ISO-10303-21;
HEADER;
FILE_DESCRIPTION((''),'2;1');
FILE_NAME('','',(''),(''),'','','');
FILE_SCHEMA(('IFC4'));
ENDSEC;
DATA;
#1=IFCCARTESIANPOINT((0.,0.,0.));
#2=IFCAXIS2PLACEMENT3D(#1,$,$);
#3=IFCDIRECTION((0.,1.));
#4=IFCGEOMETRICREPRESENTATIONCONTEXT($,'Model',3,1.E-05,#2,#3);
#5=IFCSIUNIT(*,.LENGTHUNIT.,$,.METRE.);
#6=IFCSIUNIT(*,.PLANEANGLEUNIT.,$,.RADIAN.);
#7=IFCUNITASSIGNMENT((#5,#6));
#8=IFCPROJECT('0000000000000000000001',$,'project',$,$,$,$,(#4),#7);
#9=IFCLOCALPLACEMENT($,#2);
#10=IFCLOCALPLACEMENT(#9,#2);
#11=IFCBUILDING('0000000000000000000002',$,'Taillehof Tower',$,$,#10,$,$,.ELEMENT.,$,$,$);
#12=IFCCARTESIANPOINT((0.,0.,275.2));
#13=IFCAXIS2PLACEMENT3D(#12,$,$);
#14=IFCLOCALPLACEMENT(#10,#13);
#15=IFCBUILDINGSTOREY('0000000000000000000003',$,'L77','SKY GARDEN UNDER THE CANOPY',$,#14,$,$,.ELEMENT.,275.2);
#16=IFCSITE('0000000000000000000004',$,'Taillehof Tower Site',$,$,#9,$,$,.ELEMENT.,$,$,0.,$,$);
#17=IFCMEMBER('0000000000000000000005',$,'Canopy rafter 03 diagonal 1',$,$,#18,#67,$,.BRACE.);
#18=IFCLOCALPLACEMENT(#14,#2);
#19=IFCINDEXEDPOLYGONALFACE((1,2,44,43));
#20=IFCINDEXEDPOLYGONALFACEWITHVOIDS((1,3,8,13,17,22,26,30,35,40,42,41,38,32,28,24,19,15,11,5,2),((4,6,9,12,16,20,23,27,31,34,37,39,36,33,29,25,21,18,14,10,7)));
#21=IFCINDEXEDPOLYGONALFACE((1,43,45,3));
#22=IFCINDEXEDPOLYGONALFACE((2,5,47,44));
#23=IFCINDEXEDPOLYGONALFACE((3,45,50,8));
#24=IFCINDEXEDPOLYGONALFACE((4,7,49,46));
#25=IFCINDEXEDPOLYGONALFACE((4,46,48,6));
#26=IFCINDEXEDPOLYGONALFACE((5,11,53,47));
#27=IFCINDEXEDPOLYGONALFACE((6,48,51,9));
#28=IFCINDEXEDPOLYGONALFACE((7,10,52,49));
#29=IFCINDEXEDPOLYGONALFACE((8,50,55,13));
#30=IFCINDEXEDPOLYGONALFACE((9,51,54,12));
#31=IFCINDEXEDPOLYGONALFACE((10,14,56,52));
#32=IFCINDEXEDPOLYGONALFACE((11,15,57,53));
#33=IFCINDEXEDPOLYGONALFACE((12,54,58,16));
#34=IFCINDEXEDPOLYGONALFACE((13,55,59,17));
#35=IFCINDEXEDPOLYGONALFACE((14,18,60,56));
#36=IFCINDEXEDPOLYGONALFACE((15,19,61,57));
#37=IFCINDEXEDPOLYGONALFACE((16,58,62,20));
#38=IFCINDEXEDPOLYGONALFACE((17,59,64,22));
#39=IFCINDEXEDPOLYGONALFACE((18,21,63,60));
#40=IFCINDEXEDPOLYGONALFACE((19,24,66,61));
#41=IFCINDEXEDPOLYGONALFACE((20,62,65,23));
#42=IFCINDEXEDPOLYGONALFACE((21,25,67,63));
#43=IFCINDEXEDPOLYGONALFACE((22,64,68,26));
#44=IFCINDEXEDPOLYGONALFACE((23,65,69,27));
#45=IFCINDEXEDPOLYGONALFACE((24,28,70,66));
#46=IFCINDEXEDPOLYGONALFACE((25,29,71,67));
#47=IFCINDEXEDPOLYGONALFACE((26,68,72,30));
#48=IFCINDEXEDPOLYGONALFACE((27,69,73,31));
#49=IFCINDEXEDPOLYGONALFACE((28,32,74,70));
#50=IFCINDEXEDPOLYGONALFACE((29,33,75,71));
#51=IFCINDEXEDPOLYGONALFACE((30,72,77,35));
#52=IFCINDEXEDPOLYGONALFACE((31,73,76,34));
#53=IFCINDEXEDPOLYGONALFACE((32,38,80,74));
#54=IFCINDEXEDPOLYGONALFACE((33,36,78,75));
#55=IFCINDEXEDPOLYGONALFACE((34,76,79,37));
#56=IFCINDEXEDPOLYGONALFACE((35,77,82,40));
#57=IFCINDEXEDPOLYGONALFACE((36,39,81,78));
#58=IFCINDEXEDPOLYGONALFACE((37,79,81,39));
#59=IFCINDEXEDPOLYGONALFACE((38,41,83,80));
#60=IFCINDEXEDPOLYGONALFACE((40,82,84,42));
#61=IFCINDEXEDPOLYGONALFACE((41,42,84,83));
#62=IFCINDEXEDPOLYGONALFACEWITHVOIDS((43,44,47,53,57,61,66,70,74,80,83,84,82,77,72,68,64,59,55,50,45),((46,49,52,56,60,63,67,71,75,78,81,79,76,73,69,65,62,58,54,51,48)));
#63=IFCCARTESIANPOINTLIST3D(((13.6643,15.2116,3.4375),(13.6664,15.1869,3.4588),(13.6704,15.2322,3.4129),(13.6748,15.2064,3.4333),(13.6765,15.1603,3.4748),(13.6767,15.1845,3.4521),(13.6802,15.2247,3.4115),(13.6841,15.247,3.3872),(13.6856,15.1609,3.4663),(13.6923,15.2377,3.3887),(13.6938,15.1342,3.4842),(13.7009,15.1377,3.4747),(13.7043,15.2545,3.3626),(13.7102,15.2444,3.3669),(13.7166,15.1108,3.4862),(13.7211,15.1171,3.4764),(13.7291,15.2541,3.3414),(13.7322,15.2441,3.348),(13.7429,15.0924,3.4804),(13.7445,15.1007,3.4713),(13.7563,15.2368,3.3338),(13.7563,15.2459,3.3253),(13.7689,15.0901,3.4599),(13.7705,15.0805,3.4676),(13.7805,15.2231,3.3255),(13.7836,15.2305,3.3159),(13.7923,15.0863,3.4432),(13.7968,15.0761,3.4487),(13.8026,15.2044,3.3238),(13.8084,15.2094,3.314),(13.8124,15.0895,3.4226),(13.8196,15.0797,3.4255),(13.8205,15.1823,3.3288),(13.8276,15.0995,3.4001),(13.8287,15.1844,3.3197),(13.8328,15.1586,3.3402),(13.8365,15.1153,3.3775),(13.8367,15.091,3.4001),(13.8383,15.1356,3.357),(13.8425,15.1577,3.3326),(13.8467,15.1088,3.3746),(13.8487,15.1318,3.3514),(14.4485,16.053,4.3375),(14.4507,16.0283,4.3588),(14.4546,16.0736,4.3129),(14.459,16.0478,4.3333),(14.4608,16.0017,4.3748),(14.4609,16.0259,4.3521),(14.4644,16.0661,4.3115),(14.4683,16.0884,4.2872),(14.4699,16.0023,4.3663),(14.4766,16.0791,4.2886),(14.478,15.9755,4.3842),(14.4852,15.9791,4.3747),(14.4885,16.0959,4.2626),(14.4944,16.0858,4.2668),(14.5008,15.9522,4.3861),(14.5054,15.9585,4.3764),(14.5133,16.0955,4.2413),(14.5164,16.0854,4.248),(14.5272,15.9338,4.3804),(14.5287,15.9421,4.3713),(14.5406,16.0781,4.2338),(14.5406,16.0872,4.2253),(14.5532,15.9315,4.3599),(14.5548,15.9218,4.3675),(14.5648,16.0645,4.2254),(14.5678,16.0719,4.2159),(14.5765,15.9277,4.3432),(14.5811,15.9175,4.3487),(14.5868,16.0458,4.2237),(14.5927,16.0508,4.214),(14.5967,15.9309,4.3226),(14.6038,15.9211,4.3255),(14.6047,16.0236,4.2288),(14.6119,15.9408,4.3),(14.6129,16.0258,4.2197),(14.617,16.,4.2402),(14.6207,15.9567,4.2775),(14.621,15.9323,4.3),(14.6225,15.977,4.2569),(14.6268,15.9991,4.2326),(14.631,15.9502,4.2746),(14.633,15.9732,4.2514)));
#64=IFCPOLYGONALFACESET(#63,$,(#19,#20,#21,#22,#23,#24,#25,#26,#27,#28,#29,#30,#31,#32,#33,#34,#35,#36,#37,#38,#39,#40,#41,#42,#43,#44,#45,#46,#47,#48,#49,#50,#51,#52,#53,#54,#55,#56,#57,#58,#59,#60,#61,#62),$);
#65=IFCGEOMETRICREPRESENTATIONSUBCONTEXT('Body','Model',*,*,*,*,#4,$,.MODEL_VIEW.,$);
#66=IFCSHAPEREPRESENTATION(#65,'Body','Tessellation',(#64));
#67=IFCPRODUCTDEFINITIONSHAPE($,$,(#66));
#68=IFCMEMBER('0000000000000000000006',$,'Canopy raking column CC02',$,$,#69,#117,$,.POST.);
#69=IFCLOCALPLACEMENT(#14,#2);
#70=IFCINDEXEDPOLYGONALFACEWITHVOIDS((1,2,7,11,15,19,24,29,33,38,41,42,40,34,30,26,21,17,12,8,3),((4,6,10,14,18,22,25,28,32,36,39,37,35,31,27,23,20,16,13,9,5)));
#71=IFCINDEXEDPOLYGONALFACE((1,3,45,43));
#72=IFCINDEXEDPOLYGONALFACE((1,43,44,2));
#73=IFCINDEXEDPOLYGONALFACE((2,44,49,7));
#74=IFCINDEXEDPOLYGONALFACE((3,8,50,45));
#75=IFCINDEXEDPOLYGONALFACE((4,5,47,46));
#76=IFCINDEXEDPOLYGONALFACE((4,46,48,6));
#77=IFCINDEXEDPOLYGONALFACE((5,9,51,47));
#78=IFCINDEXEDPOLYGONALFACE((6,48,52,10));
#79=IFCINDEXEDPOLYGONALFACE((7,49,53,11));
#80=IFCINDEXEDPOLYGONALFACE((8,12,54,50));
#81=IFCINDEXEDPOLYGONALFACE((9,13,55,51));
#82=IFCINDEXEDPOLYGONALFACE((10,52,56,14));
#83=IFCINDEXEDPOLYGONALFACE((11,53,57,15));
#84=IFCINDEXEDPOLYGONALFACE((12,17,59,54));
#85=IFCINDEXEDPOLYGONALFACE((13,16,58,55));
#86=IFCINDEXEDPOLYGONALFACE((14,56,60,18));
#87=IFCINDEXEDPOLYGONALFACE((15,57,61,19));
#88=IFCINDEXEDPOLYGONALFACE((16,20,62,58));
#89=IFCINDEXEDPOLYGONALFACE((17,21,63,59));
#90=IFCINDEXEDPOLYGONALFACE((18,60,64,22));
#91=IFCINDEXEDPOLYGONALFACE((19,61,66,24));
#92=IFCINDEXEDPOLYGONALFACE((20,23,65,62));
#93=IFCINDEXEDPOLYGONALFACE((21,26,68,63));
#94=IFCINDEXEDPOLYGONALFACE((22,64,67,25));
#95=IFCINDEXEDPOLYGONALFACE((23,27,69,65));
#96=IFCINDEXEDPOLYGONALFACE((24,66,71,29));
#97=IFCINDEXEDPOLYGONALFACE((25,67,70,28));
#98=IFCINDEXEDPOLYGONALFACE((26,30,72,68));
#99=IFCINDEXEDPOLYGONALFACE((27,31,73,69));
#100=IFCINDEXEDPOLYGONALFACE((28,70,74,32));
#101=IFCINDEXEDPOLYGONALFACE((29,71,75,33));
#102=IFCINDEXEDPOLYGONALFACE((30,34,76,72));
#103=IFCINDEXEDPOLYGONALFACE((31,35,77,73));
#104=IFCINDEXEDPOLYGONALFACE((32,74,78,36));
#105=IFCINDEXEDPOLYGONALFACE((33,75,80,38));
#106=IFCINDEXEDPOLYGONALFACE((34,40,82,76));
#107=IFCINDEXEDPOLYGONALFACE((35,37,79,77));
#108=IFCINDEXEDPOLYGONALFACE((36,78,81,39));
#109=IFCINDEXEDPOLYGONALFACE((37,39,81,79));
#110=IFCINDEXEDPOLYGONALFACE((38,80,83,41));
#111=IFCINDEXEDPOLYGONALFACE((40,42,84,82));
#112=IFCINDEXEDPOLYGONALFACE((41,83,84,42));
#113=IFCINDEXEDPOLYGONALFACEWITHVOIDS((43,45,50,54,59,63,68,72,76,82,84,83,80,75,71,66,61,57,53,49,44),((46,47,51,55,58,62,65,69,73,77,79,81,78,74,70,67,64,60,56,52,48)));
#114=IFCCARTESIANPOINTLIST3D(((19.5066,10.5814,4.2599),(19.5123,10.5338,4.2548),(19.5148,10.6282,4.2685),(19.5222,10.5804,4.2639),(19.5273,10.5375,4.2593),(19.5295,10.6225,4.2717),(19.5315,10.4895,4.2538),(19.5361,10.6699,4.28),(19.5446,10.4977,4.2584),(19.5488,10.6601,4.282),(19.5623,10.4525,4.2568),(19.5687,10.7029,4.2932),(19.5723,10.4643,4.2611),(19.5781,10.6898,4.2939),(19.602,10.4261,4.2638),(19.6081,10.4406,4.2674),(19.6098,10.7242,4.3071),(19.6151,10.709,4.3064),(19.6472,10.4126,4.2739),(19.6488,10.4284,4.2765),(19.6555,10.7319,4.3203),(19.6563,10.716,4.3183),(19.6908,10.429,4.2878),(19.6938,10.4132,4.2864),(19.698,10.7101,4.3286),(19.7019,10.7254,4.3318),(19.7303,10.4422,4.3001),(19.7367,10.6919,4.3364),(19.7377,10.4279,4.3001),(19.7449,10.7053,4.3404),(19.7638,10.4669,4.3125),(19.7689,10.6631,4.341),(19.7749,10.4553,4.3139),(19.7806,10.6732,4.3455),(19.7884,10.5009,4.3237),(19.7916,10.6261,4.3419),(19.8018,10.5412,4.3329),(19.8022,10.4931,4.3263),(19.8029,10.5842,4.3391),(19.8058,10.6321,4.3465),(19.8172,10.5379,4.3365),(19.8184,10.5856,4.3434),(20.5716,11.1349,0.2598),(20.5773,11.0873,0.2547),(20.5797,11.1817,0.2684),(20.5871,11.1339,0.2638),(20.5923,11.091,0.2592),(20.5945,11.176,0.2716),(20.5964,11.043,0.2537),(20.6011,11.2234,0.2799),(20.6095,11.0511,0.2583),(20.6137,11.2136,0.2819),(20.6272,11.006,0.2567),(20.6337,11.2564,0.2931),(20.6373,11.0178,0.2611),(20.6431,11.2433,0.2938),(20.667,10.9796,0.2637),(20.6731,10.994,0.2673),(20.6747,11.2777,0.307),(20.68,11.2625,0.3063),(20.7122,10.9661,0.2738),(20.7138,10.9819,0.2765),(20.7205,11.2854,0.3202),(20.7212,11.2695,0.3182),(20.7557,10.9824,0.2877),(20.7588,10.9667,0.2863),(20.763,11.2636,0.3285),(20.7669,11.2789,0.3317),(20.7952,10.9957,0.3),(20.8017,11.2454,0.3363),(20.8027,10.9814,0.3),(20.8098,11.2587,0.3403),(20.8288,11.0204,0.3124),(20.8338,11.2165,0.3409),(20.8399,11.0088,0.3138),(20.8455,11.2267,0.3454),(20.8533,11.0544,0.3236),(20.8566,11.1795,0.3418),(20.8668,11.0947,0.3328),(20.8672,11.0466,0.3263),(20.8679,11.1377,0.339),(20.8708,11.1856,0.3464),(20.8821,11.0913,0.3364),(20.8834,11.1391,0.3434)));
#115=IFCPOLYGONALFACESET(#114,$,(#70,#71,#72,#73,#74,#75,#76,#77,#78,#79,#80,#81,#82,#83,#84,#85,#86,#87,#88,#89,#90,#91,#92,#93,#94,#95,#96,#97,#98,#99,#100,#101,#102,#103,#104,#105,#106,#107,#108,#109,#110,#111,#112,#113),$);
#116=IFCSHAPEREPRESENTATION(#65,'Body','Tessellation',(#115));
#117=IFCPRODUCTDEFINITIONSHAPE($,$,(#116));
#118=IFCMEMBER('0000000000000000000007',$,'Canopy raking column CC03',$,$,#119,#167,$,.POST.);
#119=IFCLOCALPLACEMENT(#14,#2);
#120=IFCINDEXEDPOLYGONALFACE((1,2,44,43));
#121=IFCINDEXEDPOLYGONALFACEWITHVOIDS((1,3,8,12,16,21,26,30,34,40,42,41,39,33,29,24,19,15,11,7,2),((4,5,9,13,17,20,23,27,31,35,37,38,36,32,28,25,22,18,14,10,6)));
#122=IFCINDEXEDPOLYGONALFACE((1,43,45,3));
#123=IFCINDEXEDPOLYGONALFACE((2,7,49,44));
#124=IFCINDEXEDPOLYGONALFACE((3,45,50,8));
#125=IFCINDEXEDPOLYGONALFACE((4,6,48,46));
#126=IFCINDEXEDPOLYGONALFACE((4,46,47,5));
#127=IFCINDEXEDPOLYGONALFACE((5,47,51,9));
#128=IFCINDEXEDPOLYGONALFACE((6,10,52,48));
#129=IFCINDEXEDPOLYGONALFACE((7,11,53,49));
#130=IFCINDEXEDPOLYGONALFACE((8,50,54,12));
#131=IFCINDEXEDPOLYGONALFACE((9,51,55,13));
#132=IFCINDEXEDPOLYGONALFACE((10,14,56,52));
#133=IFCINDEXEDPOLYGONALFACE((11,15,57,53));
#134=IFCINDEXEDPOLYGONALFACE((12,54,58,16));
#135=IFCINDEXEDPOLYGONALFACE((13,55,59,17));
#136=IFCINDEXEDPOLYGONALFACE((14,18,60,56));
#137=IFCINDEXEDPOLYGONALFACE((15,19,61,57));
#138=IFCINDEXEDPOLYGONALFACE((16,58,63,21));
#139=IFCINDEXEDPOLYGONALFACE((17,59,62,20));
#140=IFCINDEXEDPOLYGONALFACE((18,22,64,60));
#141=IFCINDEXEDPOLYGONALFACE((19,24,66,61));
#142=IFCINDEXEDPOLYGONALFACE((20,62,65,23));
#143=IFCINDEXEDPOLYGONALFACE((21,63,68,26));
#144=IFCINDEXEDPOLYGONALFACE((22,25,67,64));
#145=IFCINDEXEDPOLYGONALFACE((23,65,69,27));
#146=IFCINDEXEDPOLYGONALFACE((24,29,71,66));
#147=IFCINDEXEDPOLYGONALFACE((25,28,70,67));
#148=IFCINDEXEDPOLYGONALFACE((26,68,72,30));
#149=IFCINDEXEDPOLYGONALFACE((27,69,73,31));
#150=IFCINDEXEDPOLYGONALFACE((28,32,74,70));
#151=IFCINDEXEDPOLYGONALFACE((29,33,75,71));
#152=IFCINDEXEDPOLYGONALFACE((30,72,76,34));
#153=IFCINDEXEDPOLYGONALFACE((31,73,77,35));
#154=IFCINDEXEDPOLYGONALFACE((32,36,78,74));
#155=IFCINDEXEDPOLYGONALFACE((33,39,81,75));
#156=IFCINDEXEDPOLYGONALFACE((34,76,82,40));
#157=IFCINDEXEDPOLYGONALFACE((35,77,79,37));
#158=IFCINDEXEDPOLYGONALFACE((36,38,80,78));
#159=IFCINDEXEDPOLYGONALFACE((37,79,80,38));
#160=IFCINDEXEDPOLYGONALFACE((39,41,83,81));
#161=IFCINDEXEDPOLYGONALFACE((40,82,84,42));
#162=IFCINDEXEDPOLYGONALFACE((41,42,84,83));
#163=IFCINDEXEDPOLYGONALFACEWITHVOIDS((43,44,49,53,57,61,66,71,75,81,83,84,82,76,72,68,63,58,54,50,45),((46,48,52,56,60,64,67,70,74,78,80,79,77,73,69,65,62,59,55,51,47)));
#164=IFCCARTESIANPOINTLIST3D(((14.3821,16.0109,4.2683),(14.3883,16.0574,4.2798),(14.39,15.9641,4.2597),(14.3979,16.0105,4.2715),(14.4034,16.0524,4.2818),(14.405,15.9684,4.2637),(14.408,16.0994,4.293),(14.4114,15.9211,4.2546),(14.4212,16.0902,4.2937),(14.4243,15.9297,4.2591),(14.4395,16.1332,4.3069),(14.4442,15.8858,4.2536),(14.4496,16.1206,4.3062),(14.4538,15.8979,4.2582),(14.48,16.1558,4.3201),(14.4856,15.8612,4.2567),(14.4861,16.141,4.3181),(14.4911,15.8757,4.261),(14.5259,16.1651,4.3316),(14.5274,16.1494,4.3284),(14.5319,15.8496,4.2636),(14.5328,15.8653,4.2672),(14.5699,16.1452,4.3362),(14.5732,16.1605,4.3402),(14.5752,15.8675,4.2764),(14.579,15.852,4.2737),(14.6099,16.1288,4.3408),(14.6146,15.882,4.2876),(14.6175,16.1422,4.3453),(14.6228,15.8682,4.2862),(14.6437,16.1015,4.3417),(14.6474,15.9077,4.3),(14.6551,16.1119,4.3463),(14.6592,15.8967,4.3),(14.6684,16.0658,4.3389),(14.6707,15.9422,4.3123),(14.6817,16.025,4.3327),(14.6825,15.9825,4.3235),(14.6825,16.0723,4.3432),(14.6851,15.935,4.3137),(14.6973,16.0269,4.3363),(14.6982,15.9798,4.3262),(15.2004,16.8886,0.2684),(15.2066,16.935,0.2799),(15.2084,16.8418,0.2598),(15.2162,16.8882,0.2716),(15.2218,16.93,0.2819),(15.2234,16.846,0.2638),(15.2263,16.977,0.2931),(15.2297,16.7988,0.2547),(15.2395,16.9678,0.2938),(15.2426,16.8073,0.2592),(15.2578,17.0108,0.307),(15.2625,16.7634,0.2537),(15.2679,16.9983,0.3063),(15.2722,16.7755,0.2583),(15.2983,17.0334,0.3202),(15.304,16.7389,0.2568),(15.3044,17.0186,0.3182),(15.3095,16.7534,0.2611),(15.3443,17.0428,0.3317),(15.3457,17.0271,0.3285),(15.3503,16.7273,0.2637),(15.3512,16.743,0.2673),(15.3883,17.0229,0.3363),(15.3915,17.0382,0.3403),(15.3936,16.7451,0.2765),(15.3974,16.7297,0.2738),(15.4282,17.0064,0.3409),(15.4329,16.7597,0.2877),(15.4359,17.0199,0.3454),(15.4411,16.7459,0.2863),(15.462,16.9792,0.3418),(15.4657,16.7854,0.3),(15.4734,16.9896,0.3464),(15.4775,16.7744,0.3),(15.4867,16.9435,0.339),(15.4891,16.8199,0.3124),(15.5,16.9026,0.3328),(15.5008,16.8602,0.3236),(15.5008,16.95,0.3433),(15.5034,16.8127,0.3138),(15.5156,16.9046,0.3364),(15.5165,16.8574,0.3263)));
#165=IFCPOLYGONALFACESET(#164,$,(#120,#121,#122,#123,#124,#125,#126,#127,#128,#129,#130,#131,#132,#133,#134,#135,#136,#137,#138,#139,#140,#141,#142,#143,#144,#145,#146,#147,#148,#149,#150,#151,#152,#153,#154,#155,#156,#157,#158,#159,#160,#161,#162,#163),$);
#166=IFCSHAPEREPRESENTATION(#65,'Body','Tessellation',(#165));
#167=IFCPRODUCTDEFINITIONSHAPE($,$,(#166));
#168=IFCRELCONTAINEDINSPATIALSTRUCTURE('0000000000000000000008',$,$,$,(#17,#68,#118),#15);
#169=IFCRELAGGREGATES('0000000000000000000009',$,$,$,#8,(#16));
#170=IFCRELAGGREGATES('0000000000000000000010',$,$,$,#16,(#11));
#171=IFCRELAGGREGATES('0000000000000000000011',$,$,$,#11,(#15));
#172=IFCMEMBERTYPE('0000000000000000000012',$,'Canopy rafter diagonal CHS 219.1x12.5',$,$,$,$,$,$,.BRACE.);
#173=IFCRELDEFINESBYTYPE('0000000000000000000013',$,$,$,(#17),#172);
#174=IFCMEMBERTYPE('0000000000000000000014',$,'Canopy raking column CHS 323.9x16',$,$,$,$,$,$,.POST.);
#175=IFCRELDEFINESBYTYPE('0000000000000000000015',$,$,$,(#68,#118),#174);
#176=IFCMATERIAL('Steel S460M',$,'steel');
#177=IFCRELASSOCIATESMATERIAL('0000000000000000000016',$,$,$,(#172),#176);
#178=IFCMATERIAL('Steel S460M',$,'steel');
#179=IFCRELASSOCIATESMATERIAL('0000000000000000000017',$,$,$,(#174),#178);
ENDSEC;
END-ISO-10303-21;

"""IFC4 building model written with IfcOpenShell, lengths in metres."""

from ifc_helpers import new_model, si_unit, direction, frame, origin, origin_2d, place, context, subcontext, project, spatial, hollow_circle, extrude, material, material_profile, profile_set, type_object, element, save


model = new_model("IFC4")

# Units and contexts
model_context = context("Model", 3, precision=1e-05, world=origin(), true_north=direction((0.0, 1.0)))
body_context = subcontext(model_context, "Body", "Model", "MODEL_VIEW")
ifc_project = project(units=[si_unit("LENGTHUNIT", "METRE"), si_unit("PLANEANGLEUNIT", "RADIAN")], contexts=[model_context])

# Site, building, storey
site_placement = place(None, origin())
site = spatial("IfcSite", under=ifc_project, at=site_placement, Name="Taillehof Tower Site", CompositionType="ELEMENT", RefElevation=0.0)
building_placement = place(site_placement, origin())
building = spatial("IfcBuilding", under=site, at=building_placement, Name="Taillehof Tower", CompositionType="ELEMENT")
storey_placement = place(building_placement, frame((0.0, 0.0, 275.2)))
storey = spatial("IfcBuildingStorey", under=building, at=storey_placement, Name="L77", Description="SKY GARDEN UNDER THE CANOPY", CompositionType="ELEMENT", Elevation=275.2)

# Members
ifc_material_1 = material(Name="Steel S460M", Category="steel")
ifc_material_profile_1 = material_profile(ifc_material_1, hollow_circle(Radius=0.1096, WallThickness=0.0125, at=origin_2d()), Name="CHS 219.1x12.5")
ifc_profile_set_1 = profile_set([ifc_material_profile_1], Name="Steel S460M")
member_type_1 = type_object("IfcMemberType", Name="Canopy rafter diagonal CHS 219.1x12.5", PredefinedType="BRACE", material=ifc_profile_set_1)
member_1_placement = place(storey_placement, frame((14.5408, 16.0071, 4.3), z_axis=(-0.536988, -0.576109, -0.616232), x_axis=(0.731507, -0.681834, 0.0)))
element("IfcMember", 1, at=member_1_placement, inside=storey, type_object=member_type_1, Name="Canopy rafter 03 diagonal 1", PredefinedType="BRACE", context=body_context, shape_type="SweptSolid", body=[
    extrude(hollow_circle(Radius=0.1096, WallThickness=0.0125, at=origin_2d()), origin(), (0.0, 0.0, 1.0), 1.4604),
])
ifc_material_2 = material(Name="Steel S460M", Category="steel")
ifc_material_profile_2 = material_profile(ifc_material_2, hollow_circle(Radius=0.1619, WallThickness=0.0161, at=origin_2d()), Name="CHS 323.9x16")
ifc_profile_set_2 = profile_set([ifc_material_profile_2], Name="Steel S460M")
member_type_2 = type_object("IfcMemberType", Name="Canopy raking column CHS 323.9x16", PredefinedType="POST", material=ifc_profile_set_2)
member_2_placement = place(storey_placement, frame((20.728, 11.125, 0.3), z_axis=(-0.255004, -0.13253, 0.957815), x_axis=(0.461154, -0.88732, 0.0)))
element("IfcMember", 2, at=member_2_placement, inside=storey, type_object=member_type_2, Name="Canopy raking column CC02", PredefinedType="POST", context=body_context, shape_type="SweptSolid", body=[
    extrude(hollow_circle(Radius=0.1619, WallThickness=0.0161, at=origin_2d()), origin(), (0.0, 0.0, 1.0), 4.1763),
])
member_3_placement = place(storey_placement, frame((15.3591, 16.8848, 0.3), z_axis=(-0.195961, -0.210167, 0.957825), x_axis=(0.731393, -0.681956, 0.0)))
element("IfcMember", 3, at=member_3_placement, inside=storey, type_object=member_type_2, Name="Canopy raking column CC03", PredefinedType="POST", context=body_context, shape_type="SweptSolid", body=[
    extrude(hollow_circle(Radius=0.1619, WallThickness=0.0161, at=origin_2d()), origin(), (0.0, 0.0, 1.0), 4.176),
])

save(model, "model.ifc")
